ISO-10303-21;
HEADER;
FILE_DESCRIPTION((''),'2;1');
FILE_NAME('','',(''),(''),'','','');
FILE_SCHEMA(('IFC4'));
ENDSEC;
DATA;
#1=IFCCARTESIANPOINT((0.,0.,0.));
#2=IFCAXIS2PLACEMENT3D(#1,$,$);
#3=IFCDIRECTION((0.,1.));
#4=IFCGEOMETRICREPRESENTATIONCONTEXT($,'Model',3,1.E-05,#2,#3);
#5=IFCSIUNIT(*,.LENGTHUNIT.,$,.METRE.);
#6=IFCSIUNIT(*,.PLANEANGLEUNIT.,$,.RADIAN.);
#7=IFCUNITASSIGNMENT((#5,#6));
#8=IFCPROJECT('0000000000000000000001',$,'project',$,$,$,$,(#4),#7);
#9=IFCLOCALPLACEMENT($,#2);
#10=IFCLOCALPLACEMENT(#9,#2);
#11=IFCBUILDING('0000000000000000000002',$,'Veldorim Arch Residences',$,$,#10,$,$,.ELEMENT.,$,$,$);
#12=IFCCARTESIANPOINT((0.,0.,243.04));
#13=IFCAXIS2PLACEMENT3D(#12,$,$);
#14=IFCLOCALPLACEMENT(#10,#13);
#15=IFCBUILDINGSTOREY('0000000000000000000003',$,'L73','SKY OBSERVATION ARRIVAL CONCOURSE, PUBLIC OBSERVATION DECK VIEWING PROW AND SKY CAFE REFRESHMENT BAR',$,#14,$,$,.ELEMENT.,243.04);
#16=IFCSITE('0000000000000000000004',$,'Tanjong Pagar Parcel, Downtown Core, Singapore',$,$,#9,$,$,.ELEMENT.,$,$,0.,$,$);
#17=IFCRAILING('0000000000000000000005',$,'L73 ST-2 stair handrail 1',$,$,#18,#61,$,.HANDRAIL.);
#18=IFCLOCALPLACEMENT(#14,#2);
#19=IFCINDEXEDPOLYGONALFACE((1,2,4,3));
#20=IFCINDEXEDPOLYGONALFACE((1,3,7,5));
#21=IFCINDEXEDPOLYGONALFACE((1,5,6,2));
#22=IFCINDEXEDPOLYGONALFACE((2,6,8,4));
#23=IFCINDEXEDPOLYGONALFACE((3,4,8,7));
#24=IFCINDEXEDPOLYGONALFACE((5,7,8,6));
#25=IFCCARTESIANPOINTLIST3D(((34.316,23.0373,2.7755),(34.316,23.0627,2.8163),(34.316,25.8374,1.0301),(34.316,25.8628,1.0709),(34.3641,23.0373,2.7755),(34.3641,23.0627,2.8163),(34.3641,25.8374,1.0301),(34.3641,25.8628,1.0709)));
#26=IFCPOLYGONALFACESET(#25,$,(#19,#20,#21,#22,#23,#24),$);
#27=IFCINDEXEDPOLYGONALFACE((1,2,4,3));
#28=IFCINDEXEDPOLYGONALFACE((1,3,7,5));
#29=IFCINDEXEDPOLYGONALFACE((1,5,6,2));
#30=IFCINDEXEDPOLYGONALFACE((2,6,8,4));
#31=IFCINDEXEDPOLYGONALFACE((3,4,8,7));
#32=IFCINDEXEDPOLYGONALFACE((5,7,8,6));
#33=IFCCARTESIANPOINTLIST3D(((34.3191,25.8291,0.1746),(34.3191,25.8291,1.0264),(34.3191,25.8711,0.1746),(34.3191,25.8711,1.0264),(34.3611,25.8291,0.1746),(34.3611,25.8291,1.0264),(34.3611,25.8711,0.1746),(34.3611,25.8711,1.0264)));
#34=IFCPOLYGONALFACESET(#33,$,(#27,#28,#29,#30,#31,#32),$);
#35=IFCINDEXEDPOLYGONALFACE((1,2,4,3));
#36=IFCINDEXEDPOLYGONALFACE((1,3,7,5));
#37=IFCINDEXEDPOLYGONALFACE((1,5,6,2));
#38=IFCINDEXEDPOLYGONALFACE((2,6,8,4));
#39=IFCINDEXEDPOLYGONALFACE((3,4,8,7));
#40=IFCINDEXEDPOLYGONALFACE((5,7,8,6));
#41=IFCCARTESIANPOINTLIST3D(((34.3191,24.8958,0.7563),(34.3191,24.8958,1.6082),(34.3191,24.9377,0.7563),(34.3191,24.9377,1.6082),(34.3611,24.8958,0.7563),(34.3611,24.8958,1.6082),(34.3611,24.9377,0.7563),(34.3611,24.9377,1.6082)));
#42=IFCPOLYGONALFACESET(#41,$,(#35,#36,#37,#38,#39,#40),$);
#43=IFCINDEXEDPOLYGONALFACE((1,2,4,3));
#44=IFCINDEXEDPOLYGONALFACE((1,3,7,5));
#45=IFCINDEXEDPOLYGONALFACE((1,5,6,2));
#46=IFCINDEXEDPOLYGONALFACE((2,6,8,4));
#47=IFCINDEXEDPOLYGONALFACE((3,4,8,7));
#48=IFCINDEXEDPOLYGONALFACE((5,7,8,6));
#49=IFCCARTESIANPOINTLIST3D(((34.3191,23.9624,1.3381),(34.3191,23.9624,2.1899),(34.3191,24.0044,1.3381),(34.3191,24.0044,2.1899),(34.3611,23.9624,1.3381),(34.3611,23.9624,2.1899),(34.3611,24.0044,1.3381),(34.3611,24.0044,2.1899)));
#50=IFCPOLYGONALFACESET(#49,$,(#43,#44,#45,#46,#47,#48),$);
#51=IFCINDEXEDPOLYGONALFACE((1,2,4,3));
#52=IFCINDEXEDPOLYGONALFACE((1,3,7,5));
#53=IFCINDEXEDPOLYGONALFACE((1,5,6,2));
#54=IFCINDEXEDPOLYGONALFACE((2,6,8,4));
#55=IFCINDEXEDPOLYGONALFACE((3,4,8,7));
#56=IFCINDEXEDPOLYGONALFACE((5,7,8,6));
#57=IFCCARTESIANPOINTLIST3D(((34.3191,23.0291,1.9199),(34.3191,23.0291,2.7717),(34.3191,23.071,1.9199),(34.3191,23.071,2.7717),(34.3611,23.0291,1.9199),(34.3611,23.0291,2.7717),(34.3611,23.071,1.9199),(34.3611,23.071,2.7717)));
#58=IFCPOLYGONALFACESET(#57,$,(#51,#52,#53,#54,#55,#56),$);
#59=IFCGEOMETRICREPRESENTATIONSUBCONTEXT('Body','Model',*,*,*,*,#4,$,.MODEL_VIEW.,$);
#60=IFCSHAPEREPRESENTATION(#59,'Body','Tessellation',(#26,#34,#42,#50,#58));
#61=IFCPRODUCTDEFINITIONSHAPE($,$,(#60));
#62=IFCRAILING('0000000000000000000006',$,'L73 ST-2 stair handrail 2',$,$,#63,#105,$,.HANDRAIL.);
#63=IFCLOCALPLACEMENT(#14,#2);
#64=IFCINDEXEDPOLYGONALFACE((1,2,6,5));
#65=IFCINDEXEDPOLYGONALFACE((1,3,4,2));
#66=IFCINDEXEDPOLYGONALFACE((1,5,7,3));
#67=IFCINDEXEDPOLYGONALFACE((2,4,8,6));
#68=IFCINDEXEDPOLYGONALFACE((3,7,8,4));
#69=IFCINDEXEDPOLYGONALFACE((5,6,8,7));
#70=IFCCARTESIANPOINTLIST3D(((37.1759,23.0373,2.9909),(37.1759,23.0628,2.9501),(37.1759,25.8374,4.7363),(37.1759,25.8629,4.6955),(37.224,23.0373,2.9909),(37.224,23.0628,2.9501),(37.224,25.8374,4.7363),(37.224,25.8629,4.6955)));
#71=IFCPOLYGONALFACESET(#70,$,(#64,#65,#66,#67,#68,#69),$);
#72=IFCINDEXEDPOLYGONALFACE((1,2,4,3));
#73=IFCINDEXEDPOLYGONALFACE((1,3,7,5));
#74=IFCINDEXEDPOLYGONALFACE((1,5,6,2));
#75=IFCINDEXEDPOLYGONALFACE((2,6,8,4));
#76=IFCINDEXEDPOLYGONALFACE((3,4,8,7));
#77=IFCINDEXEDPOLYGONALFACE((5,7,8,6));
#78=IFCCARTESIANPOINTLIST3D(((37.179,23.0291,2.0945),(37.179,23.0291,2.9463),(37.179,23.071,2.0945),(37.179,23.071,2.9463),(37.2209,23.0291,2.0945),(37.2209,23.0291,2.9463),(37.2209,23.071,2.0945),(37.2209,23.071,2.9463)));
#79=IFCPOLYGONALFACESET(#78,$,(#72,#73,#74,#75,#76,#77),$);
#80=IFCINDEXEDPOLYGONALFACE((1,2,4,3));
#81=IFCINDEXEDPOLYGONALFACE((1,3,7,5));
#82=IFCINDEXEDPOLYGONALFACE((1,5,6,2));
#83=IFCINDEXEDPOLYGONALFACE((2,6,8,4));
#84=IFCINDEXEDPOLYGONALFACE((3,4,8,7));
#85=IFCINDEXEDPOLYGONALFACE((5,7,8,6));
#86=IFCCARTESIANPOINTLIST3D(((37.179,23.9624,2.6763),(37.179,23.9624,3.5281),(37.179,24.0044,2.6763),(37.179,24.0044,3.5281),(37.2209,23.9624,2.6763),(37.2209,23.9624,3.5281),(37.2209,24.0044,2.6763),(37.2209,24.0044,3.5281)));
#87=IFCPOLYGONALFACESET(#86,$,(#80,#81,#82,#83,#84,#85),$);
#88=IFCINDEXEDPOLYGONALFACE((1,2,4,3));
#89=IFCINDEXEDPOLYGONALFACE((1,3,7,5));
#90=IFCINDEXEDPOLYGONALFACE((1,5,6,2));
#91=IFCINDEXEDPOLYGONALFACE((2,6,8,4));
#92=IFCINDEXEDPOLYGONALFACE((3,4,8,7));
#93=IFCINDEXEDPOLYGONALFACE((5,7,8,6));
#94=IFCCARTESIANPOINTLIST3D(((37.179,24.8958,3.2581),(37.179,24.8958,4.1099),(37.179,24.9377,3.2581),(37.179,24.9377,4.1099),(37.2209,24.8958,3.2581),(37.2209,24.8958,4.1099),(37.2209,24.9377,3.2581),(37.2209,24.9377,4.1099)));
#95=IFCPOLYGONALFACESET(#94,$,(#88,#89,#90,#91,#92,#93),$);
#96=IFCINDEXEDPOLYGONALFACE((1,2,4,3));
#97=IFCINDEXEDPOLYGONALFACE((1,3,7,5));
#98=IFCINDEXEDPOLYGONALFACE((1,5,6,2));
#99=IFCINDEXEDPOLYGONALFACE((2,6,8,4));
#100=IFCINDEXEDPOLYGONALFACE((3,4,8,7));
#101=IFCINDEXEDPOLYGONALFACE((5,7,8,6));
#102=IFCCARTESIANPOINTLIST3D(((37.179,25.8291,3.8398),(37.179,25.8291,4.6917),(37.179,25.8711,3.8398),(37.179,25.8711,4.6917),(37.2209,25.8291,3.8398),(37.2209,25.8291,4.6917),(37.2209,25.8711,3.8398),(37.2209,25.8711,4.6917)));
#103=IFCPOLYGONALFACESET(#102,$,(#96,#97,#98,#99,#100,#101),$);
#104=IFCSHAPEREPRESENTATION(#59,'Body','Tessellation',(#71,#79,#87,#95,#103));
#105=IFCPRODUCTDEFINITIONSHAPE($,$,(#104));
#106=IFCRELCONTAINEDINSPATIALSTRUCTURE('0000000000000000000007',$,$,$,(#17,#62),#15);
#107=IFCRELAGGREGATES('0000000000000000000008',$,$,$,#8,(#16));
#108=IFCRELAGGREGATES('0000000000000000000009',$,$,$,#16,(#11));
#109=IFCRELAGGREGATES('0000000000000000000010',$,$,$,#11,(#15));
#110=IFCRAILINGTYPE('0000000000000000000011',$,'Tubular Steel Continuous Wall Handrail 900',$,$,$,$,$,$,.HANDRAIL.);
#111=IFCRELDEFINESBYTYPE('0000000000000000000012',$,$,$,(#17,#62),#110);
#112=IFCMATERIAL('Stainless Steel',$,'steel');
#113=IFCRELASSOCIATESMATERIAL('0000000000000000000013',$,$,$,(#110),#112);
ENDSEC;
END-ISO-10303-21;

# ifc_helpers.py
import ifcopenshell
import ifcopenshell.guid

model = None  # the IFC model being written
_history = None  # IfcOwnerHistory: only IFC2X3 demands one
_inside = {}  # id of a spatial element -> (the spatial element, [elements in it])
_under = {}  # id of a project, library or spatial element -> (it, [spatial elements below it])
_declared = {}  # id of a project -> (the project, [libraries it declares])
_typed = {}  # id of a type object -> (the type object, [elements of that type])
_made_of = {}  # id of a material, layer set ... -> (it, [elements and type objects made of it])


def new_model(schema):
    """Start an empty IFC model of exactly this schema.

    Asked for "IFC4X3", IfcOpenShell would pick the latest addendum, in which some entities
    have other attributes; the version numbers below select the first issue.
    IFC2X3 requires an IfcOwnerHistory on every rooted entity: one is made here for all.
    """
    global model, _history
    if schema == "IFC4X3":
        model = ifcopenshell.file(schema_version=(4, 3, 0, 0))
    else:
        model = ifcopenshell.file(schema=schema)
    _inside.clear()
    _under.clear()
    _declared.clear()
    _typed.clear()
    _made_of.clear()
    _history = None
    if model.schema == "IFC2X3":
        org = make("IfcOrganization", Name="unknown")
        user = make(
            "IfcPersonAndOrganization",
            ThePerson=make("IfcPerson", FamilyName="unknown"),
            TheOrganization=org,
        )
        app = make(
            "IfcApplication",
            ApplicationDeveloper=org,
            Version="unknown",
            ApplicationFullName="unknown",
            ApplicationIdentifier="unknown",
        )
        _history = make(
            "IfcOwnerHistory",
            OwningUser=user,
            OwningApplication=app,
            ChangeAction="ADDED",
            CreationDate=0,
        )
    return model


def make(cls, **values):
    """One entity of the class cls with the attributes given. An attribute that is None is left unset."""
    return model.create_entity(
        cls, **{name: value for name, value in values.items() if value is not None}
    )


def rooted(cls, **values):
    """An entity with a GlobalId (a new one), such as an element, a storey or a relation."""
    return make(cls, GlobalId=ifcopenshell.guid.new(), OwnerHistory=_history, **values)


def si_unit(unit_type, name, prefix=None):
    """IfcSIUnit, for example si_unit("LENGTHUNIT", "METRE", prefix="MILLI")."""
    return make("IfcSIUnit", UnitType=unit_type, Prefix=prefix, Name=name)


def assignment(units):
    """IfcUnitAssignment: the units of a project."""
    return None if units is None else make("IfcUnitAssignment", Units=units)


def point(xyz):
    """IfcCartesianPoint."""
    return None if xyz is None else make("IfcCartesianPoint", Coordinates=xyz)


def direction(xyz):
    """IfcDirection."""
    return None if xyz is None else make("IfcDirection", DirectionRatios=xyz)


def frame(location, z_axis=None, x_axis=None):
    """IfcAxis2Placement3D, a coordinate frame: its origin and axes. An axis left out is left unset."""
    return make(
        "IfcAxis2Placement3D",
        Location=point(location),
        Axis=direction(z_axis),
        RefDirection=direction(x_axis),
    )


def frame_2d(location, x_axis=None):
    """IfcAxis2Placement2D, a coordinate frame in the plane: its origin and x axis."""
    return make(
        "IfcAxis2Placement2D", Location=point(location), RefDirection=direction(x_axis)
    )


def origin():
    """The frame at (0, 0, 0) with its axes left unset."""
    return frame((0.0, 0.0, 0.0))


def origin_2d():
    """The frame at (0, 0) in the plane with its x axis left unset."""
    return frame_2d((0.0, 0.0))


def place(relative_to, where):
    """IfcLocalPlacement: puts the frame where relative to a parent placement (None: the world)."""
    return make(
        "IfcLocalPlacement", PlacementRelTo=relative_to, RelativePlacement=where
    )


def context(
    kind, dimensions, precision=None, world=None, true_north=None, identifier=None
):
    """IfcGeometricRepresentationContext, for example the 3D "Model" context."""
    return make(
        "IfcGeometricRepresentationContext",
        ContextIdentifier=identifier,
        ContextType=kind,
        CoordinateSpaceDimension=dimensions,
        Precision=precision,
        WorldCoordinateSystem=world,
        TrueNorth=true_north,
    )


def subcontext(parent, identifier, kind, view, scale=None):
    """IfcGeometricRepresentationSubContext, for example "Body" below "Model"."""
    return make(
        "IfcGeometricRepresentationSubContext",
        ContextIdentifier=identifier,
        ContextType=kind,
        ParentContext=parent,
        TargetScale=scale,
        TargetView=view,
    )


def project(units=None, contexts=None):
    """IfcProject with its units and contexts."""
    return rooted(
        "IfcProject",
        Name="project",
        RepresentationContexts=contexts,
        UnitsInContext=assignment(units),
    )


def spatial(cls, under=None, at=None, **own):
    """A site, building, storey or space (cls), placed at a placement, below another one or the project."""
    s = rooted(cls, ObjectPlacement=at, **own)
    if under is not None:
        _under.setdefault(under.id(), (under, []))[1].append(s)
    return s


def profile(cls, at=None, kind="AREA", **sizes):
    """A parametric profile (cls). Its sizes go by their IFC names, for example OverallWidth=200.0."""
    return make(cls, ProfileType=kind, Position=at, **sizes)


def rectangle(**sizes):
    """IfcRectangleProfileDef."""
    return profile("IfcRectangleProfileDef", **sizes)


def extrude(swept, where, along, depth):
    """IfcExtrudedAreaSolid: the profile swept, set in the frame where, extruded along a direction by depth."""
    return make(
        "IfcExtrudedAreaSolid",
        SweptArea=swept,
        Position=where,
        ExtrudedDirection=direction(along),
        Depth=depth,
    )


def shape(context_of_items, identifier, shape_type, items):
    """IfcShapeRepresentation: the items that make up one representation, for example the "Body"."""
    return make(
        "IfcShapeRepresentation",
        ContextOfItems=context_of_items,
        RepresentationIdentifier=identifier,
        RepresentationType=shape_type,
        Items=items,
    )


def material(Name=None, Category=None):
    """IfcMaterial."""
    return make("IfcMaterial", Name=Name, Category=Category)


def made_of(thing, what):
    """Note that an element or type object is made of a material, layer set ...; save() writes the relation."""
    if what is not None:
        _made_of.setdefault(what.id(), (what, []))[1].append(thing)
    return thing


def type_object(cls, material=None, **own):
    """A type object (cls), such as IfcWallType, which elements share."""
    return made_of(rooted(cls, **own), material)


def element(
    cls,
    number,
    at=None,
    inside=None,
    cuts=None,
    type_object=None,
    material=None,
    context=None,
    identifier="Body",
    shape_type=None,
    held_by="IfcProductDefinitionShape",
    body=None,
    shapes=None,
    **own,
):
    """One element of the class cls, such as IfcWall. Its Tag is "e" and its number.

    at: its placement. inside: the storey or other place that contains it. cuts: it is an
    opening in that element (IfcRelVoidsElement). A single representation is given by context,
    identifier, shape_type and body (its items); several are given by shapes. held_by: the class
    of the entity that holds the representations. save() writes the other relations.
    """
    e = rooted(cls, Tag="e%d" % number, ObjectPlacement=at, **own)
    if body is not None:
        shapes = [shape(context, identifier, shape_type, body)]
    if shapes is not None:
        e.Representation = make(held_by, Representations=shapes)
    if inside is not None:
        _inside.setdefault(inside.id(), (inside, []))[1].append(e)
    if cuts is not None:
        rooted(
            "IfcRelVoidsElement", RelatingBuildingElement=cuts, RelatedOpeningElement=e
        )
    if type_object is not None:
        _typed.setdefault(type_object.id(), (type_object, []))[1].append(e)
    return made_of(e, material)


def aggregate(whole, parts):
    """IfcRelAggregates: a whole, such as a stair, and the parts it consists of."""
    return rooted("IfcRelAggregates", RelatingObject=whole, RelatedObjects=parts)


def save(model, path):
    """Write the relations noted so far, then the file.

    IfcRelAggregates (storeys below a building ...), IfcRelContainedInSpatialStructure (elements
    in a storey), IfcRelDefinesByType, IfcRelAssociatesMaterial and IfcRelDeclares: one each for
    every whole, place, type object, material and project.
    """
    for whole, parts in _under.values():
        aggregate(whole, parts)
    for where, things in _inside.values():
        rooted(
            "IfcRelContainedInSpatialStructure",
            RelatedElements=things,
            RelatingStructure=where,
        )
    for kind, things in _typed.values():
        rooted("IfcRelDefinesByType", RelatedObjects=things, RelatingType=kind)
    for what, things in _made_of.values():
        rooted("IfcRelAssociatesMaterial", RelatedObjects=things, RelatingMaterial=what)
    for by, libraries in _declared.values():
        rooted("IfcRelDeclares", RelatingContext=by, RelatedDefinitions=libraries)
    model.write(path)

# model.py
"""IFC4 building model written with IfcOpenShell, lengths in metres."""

from ifc_helpers import new_model, si_unit, direction, frame, origin, origin_2d, place, context, subcontext, project, spatial, rectangle, extrude, material, type_object, element, save


model = new_model("IFC4")

# Units and contexts
model_context = context("Model", 3, precision=1e-05, world=origin(), true_north=direction((0.0, 1.0)))
body_context = subcontext(model_context, "Body", "Model", "MODEL_VIEW")
ifc_project = project(units=[si_unit("LENGTHUNIT", "METRE"), si_unit("PLANEANGLEUNIT", "RADIAN")], contexts=[model_context])

# Site, building, storey
site_placement = place(None, origin())
site = spatial("IfcSite", under=ifc_project, at=site_placement, Name="Tanjong Pagar Parcel, Downtown Core, Singapore", CompositionType="ELEMENT", RefElevation=0.0)
building_placement = place(site_placement, origin())
building = spatial("IfcBuilding", under=site, at=building_placement, Name="Veldorim Arch Residences", CompositionType="ELEMENT")
storey_placement = place(building_placement, frame((0.0, 0.0, 243.04)))
storey = spatial("IfcBuildingStorey", under=building, at=storey_placement, Name="L73", Description="SKY OBSERVATION ARRIVAL CONCOURSE, PUBLIC OBSERVATION DECK VIEWING PROW AND SKY CAFE REFRESHMENT BAR", CompositionType="ELEMENT", Elevation=243.04)

# Railings
ifc_material_1 = material(Name="Stainless Steel", Category="steel")
railing_type_1 = type_object("IfcRailingType", Name="Tubular Steel Continuous Wall Handrail 900", PredefinedType="HANDRAIL", material=ifc_material_1)
railing_1_placement = place(storey_placement, frame((34.3401, 25.8501, 0.1746)))
element("IfcRailing", 1, at=railing_1_placement, inside=storey, type_object=railing_type_1, Name="L73 ST-2 stair handrail 1", PredefinedType="HANDRAIL", context=body_context, shape_type="SweptSolid", body=[
    extrude(rectangle(XDim=0.0481, YDim=0.0481, at=origin_2d()), frame((0.0, 0.0, 0.876), z_axis=(0.0, -0.848634, 0.528981), x_axis=(1.0, 0.0, 0.0)), (0.0, 0.0, 1.0), 3.2996),
    extrude(rectangle(XDim=0.042, YDim=0.042, at=origin_2d()), origin(), (0.0, 0.0, 1.0), 0.8518),
    extrude(rectangle(XDim=0.042, YDim=0.042, at=origin_2d()), frame((0.0, -0.9333, 0.5818)), (0.0, 0.0, 1.0), 0.8518),
    extrude(rectangle(XDim=0.042, YDim=0.042, at=origin_2d()), frame((0.0, -1.8667, 1.1636)), (0.0, 0.0, 1.0), 0.8518),
    extrude(rectangle(XDim=0.042, YDim=0.042, at=origin_2d()), frame((0.0, -2.8, 1.7454)), (0.0, 0.0, 1.0), 0.8518),
])
railing_2_placement = place(storey_placement, frame((37.2, 23.05, 2.0945)))
element("IfcRailing", 2, at=railing_2_placement, inside=storey, type_object=railing_type_1, Name="L73 ST-2 stair handrail 2", PredefinedType="HANDRAIL", context=body_context, shape_type="SweptSolid", body=[
    extrude(rectangle(XDim=0.0481, YDim=0.0481, at=origin_2d()), frame((0.0, 0.0, 0.876), z_axis=(0.0, 0.848634, 0.528981), x_axis=(-1.0, 0.0, 0.0)), (0.0, 0.0, 1.0), 3.2996),
    extrude(rectangle(XDim=0.042, YDim=0.042, at=origin_2d()), origin(), (0.0, 0.0, 1.0), 0.8518),
    extrude(rectangle(XDim=0.042, YDim=0.042, at=origin_2d()), frame((0.0, 0.9333, 0.5818)), (0.0, 0.0, 1.0), 0.8518),
    extrude(rectangle(XDim=0.042, YDim=0.042, at=origin_2d()), frame((0.0, 1.8667, 1.1636)), (0.0, 0.0, 1.0), 0.8518),
    extrude(rectangle(XDim=0.042, YDim=0.042, at=origin_2d()), frame((0.0, 2.8, 1.7454)), (0.0, 0.0, 1.0), 0.8518),
])

save(model, "model.ifc")
